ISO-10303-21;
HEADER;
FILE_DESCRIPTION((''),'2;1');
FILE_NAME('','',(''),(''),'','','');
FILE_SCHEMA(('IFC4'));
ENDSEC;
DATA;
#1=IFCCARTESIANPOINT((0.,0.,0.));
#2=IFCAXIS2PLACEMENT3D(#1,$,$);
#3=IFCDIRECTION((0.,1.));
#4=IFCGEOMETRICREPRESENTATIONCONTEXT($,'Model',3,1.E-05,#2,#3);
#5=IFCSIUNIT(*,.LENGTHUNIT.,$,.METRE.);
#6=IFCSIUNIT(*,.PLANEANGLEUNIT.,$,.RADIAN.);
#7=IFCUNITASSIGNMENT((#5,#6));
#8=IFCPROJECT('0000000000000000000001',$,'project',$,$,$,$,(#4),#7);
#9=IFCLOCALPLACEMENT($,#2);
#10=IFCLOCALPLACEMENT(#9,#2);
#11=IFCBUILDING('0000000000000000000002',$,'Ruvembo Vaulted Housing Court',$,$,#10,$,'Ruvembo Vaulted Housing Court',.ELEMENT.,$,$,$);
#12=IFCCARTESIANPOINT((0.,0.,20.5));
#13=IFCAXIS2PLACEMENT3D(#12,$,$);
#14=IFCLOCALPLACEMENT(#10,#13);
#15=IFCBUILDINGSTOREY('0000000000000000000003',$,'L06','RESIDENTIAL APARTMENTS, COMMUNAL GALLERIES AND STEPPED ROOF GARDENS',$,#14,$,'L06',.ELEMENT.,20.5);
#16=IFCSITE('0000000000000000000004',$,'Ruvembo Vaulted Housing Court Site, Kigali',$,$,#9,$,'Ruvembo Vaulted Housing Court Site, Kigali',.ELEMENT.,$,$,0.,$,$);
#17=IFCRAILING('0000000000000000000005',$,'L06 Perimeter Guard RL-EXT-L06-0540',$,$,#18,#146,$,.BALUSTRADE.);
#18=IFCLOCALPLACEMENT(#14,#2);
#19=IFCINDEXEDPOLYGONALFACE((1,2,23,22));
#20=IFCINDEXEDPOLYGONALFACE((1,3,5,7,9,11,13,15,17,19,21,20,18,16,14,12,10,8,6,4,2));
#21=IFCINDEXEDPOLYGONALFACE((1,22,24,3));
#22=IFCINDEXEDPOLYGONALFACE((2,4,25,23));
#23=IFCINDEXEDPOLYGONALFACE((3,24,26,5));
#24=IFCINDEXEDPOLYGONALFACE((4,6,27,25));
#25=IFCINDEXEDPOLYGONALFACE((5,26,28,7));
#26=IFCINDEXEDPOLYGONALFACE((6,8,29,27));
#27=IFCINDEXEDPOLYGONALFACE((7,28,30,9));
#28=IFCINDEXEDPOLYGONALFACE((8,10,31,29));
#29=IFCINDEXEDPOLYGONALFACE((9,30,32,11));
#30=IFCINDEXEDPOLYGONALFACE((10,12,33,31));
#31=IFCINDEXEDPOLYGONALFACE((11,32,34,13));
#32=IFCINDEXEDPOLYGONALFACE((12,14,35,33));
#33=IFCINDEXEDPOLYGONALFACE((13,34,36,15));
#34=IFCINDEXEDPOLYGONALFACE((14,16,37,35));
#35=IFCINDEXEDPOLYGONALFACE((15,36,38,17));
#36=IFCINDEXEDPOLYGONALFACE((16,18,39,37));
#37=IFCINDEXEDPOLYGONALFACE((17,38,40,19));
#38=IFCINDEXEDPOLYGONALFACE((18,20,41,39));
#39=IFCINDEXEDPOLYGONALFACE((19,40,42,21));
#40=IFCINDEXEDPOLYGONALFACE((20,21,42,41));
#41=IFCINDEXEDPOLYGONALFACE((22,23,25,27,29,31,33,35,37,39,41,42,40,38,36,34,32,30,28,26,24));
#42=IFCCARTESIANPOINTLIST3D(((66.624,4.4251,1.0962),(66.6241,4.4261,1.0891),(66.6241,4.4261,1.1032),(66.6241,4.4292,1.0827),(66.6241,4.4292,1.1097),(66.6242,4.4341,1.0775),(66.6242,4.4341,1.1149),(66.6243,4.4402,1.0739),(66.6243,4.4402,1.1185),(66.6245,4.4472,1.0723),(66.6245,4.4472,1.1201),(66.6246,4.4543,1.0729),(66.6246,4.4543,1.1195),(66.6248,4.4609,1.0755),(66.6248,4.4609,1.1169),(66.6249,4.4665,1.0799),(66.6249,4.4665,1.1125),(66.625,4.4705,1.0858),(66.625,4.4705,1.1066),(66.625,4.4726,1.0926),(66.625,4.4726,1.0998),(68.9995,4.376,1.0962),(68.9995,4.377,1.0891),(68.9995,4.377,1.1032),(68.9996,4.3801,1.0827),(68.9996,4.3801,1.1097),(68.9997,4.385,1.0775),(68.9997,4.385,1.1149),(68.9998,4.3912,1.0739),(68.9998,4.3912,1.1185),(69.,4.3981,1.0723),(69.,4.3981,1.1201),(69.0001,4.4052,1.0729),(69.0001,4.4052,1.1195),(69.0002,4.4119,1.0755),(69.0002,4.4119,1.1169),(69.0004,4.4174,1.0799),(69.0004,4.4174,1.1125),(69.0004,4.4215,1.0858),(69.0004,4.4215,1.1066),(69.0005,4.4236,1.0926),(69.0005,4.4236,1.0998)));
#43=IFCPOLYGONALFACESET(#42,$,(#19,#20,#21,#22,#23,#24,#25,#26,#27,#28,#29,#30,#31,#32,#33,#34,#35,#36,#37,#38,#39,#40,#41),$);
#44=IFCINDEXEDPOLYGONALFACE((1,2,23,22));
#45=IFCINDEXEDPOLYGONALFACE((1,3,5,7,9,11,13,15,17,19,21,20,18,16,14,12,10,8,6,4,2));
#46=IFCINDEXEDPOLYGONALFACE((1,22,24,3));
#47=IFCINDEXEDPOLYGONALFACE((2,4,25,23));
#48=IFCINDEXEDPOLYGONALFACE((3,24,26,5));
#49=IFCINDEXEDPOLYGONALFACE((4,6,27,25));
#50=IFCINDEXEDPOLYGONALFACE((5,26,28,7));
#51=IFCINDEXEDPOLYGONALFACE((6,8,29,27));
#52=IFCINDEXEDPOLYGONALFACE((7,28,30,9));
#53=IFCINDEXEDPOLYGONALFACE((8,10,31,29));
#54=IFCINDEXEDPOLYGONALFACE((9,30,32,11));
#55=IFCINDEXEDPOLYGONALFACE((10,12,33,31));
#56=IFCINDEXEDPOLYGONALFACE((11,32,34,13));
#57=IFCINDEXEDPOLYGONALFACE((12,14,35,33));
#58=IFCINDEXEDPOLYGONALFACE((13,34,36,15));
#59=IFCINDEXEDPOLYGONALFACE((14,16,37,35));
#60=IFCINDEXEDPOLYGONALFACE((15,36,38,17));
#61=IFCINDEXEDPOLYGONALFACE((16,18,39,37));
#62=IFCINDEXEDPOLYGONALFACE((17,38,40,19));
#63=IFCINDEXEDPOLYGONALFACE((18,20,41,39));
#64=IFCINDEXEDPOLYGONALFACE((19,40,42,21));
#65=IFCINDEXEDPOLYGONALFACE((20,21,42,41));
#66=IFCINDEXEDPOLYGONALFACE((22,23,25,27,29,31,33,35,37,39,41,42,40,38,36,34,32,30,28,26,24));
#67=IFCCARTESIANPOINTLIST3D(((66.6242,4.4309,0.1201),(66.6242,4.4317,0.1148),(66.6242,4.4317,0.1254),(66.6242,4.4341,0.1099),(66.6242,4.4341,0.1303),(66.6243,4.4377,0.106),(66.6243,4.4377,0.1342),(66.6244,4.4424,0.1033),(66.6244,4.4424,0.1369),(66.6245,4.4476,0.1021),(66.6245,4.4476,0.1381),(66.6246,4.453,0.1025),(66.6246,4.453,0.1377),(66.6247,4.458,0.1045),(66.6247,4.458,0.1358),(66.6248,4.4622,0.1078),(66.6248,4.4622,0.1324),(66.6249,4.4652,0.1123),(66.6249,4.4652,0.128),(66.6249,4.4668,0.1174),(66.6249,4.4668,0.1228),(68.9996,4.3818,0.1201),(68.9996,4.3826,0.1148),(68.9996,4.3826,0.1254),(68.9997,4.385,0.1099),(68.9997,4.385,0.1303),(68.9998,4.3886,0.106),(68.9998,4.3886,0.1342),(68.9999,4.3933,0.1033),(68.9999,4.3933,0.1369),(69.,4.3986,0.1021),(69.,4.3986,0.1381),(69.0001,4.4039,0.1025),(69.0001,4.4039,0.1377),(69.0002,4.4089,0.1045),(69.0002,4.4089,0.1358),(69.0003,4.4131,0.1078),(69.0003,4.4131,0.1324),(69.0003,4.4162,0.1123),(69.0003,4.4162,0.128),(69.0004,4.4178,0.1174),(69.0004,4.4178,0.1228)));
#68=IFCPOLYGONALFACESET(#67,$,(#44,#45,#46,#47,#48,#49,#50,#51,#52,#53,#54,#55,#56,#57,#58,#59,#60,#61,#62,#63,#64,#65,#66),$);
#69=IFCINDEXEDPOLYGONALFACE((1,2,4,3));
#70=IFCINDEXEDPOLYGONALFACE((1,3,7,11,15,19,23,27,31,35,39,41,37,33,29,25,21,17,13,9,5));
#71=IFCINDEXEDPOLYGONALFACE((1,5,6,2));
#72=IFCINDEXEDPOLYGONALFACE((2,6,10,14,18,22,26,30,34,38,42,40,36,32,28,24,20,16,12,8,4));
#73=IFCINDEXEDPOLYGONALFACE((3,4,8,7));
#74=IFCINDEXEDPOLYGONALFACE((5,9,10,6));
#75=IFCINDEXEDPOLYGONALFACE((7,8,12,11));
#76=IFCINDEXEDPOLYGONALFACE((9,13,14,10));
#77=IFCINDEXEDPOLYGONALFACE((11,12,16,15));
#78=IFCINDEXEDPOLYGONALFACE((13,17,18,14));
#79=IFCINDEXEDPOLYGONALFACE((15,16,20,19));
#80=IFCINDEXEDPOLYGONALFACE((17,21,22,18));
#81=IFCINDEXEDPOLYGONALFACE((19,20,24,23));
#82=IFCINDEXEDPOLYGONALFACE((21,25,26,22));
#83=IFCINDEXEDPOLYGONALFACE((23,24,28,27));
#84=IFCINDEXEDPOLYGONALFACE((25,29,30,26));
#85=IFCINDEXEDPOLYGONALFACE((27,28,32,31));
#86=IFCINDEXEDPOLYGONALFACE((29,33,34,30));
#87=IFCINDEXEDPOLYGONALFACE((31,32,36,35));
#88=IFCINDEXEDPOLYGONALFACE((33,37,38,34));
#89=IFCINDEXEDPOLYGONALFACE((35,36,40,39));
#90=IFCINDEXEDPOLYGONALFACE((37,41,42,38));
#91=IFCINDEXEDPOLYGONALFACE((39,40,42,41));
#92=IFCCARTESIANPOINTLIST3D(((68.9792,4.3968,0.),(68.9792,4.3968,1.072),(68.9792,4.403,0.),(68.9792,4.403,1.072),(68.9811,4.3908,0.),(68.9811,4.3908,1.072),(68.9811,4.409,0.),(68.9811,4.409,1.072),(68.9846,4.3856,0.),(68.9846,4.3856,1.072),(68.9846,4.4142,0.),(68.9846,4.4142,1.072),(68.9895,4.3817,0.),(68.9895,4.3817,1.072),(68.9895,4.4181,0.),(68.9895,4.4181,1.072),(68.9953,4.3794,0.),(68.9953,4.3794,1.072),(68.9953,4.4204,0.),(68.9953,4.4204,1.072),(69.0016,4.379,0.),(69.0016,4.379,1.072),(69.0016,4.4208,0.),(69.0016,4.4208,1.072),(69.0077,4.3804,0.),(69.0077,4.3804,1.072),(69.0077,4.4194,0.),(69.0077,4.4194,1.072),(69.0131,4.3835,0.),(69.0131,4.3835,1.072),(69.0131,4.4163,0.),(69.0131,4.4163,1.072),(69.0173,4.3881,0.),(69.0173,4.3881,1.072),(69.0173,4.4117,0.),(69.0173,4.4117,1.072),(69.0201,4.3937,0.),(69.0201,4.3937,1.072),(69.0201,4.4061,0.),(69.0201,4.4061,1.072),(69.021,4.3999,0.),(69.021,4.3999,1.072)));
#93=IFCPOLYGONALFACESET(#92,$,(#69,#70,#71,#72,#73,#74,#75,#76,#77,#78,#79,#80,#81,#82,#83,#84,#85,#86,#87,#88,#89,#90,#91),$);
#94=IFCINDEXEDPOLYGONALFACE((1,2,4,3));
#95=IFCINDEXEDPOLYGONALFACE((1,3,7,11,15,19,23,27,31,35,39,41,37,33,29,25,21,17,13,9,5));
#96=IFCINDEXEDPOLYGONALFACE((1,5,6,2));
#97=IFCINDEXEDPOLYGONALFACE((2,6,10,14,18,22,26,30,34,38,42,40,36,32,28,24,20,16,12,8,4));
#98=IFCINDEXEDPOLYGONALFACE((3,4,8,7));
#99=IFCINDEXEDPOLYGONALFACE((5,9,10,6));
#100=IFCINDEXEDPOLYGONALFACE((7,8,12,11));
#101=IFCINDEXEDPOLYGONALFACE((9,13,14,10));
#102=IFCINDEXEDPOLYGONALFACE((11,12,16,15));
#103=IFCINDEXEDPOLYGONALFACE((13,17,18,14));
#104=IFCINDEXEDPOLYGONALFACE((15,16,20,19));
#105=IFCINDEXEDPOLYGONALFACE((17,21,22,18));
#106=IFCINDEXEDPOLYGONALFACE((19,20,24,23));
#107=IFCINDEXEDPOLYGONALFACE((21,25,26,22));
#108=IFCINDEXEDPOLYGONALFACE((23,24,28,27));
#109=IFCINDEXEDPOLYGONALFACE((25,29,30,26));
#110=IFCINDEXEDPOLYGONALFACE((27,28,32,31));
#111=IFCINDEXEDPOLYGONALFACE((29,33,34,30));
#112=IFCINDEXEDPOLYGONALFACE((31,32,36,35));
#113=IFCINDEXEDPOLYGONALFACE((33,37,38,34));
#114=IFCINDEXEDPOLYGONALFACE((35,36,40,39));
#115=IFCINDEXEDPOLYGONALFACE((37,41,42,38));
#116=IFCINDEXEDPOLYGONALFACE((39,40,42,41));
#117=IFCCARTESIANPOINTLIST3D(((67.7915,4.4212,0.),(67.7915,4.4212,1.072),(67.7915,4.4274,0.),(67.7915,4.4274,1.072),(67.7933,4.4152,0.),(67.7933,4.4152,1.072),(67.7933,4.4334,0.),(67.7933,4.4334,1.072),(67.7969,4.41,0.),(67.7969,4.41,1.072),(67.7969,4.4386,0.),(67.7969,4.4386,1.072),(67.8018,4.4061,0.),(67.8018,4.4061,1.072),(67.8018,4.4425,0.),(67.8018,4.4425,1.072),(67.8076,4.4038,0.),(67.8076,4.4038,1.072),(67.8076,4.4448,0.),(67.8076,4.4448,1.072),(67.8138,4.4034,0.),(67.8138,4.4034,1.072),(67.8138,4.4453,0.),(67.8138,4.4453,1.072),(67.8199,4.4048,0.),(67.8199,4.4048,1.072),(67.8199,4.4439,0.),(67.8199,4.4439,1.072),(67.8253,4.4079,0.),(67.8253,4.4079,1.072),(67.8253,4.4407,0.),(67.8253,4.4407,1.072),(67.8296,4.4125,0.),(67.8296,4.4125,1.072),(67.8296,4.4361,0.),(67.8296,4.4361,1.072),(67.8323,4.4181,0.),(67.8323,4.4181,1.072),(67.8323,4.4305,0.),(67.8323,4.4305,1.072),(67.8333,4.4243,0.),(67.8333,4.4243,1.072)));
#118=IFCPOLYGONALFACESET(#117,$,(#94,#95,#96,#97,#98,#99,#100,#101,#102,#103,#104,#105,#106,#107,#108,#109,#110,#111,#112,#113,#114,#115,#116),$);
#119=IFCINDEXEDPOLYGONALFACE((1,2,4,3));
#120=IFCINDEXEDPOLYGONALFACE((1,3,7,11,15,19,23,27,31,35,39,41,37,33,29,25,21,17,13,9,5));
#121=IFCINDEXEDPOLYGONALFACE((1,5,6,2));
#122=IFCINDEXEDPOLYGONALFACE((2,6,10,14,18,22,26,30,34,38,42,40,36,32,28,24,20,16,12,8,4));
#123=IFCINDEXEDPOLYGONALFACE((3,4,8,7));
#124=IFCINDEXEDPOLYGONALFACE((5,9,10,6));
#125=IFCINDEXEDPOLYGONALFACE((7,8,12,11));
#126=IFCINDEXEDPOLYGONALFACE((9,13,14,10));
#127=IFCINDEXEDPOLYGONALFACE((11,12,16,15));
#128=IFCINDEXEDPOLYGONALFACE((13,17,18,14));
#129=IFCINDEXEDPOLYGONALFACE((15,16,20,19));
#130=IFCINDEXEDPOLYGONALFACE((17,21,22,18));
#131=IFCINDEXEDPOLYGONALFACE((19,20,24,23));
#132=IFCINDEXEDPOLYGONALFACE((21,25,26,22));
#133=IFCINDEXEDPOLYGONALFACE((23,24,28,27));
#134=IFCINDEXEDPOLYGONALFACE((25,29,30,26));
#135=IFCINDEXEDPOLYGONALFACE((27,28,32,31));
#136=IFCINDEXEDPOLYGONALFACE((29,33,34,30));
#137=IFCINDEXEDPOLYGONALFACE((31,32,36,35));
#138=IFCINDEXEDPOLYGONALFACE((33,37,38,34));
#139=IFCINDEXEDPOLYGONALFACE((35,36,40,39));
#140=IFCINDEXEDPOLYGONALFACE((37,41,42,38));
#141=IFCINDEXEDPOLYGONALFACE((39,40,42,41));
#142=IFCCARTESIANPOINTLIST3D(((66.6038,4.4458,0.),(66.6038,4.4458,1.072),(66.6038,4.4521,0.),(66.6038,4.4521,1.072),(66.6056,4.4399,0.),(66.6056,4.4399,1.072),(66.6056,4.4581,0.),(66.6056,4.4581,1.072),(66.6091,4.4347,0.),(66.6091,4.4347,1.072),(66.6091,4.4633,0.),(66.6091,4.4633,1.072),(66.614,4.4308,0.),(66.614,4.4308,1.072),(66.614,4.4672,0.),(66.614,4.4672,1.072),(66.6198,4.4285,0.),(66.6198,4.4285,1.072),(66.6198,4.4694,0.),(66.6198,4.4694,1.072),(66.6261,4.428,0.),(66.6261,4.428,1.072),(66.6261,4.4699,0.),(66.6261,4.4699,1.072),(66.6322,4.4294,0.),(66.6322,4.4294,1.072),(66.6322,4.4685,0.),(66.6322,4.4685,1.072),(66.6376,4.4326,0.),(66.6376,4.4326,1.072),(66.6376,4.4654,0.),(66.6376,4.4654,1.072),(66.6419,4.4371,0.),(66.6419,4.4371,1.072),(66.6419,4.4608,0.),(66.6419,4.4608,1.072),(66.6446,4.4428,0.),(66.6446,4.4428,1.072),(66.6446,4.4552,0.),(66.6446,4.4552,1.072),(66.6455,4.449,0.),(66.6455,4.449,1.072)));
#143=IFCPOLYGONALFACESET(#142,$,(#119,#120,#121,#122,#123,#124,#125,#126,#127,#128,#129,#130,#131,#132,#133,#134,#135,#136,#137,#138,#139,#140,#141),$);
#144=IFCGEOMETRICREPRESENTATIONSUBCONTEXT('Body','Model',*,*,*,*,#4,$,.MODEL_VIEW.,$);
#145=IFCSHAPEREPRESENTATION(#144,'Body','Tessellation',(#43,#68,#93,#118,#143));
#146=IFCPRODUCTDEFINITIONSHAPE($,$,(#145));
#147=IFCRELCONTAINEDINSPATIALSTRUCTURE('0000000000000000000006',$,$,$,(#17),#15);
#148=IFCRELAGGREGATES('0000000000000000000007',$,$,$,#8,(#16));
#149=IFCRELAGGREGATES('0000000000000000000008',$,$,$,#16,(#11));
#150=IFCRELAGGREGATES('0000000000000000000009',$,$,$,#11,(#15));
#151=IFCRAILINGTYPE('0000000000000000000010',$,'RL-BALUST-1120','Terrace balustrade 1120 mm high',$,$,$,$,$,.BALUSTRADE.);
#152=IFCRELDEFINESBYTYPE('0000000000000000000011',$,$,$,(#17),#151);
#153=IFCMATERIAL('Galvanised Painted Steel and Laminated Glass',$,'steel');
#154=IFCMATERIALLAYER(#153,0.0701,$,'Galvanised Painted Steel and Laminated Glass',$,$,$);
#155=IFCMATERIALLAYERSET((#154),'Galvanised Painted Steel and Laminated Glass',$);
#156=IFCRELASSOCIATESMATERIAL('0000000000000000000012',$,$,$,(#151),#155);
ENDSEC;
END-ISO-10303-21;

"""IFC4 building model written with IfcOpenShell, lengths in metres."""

from ifc_helpers import new_model, si_unit, direction, frame, origin, origin_2d, place, context, subcontext, project, spatial, circle, extrude, material, layer, layer_set, type_object, element, save


model = new_model("IFC4")

# Units and contexts
model_context = context("Model", 3, precision=1e-05, world=origin(), true_north=direction((0.0, 1.0)))
body_context = subcontext(model_context, "Body", "Model", "MODEL_VIEW")
ifc_project = project(units=[si_unit("LENGTHUNIT", "METRE"), si_unit("PLANEANGLEUNIT", "RADIAN")], contexts=[model_context])

# Site, building, storey
site_placement = place(None, origin())
site = spatial("IfcSite", under=ifc_project, at=site_placement, Name="Ruvembo Vaulted Housing Court Site, Kigali", LongName="Ruvembo Vaulted Housing Court Site, Kigali", CompositionType="ELEMENT", RefElevation=0.0)
building_placement = place(site_placement, origin())
building = spatial("IfcBuilding", under=site, at=building_placement, Name="Ruvembo Vaulted Housing Court", LongName="Ruvembo Vaulted Housing Court", CompositionType="ELEMENT")
storey_placement = place(building_placement, frame((0.0, 0.0, 20.5)))
storey = spatial("IfcBuildingStorey", under=building, at=storey_placement, Name="L06", Description="RESIDENTIAL APARTMENTS, COMMUNAL GALLERIES AND STEPPED ROOF GARDENS", LongName="L06", CompositionType="ELEMENT", Elevation=20.5)

# Railing
ifc_material_1 = material(Name="Galvanised Painted Steel and Laminated Glass", Category="steel")
ifc_layer = layer(ifc_material_1, 0.0701, Name="Galvanised Painted Steel and Laminated Glass")
ifc_layer_set = layer_set([ifc_layer], Name="Galvanised Painted Steel and Laminated Glass")
railing_type = type_object("IfcRailingType", Name="RL-BALUST-1120", Description="Terrace balustrade 1120 mm high", PredefinedType="BALUSTRADE", material=ifc_layer_set)
railing_1_placement = place(storey_placement, frame((69.0, 4.3999, 0.0)))
element("IfcRailing", 1, at=railing_1_placement, inside=storey, type_object=railing_type, Name="L06 Perimeter Guard RL-EXT-L06-0540", PredefinedType="BALUSTRADE", context=body_context, shape_type="SweptSolid", body=[
    extrude(circle(Radius=0.0239, at=origin_2d()), frame((0.0, 0.0, 1.0962), z_axis=(-0.999787, 0.020653, 0.0), x_axis=(-0.020653, -0.999787, 0.0)), (0.0, 0.0, 1.0), 2.376),
    extrude(circle(Radius=0.0181, at=origin_2d()), frame((0.0, 0.0, 0.1201), z_axis=(-0.999787, 0.020653, 0.0), x_axis=(-0.020653, -0.999787, 0.0)), (0.0, 0.0, 1.0), 2.376),
    extrude(circle(Radius=0.021, at=origin_2d()), origin(), (0.0, 0.0, 1.0), 1.072),
    extrude(circle(Radius=0.021, at=origin_2d()), frame((-1.1877, 0.0244, 0.0)), (0.0, 0.0, 1.0), 1.072),
    extrude(circle(Radius=0.021, at=origin_2d()), frame((-2.3755, 0.0491, 0.0)), (0.0, 0.0, 1.0), 1.072),
])

save(model, "model.ifc")
